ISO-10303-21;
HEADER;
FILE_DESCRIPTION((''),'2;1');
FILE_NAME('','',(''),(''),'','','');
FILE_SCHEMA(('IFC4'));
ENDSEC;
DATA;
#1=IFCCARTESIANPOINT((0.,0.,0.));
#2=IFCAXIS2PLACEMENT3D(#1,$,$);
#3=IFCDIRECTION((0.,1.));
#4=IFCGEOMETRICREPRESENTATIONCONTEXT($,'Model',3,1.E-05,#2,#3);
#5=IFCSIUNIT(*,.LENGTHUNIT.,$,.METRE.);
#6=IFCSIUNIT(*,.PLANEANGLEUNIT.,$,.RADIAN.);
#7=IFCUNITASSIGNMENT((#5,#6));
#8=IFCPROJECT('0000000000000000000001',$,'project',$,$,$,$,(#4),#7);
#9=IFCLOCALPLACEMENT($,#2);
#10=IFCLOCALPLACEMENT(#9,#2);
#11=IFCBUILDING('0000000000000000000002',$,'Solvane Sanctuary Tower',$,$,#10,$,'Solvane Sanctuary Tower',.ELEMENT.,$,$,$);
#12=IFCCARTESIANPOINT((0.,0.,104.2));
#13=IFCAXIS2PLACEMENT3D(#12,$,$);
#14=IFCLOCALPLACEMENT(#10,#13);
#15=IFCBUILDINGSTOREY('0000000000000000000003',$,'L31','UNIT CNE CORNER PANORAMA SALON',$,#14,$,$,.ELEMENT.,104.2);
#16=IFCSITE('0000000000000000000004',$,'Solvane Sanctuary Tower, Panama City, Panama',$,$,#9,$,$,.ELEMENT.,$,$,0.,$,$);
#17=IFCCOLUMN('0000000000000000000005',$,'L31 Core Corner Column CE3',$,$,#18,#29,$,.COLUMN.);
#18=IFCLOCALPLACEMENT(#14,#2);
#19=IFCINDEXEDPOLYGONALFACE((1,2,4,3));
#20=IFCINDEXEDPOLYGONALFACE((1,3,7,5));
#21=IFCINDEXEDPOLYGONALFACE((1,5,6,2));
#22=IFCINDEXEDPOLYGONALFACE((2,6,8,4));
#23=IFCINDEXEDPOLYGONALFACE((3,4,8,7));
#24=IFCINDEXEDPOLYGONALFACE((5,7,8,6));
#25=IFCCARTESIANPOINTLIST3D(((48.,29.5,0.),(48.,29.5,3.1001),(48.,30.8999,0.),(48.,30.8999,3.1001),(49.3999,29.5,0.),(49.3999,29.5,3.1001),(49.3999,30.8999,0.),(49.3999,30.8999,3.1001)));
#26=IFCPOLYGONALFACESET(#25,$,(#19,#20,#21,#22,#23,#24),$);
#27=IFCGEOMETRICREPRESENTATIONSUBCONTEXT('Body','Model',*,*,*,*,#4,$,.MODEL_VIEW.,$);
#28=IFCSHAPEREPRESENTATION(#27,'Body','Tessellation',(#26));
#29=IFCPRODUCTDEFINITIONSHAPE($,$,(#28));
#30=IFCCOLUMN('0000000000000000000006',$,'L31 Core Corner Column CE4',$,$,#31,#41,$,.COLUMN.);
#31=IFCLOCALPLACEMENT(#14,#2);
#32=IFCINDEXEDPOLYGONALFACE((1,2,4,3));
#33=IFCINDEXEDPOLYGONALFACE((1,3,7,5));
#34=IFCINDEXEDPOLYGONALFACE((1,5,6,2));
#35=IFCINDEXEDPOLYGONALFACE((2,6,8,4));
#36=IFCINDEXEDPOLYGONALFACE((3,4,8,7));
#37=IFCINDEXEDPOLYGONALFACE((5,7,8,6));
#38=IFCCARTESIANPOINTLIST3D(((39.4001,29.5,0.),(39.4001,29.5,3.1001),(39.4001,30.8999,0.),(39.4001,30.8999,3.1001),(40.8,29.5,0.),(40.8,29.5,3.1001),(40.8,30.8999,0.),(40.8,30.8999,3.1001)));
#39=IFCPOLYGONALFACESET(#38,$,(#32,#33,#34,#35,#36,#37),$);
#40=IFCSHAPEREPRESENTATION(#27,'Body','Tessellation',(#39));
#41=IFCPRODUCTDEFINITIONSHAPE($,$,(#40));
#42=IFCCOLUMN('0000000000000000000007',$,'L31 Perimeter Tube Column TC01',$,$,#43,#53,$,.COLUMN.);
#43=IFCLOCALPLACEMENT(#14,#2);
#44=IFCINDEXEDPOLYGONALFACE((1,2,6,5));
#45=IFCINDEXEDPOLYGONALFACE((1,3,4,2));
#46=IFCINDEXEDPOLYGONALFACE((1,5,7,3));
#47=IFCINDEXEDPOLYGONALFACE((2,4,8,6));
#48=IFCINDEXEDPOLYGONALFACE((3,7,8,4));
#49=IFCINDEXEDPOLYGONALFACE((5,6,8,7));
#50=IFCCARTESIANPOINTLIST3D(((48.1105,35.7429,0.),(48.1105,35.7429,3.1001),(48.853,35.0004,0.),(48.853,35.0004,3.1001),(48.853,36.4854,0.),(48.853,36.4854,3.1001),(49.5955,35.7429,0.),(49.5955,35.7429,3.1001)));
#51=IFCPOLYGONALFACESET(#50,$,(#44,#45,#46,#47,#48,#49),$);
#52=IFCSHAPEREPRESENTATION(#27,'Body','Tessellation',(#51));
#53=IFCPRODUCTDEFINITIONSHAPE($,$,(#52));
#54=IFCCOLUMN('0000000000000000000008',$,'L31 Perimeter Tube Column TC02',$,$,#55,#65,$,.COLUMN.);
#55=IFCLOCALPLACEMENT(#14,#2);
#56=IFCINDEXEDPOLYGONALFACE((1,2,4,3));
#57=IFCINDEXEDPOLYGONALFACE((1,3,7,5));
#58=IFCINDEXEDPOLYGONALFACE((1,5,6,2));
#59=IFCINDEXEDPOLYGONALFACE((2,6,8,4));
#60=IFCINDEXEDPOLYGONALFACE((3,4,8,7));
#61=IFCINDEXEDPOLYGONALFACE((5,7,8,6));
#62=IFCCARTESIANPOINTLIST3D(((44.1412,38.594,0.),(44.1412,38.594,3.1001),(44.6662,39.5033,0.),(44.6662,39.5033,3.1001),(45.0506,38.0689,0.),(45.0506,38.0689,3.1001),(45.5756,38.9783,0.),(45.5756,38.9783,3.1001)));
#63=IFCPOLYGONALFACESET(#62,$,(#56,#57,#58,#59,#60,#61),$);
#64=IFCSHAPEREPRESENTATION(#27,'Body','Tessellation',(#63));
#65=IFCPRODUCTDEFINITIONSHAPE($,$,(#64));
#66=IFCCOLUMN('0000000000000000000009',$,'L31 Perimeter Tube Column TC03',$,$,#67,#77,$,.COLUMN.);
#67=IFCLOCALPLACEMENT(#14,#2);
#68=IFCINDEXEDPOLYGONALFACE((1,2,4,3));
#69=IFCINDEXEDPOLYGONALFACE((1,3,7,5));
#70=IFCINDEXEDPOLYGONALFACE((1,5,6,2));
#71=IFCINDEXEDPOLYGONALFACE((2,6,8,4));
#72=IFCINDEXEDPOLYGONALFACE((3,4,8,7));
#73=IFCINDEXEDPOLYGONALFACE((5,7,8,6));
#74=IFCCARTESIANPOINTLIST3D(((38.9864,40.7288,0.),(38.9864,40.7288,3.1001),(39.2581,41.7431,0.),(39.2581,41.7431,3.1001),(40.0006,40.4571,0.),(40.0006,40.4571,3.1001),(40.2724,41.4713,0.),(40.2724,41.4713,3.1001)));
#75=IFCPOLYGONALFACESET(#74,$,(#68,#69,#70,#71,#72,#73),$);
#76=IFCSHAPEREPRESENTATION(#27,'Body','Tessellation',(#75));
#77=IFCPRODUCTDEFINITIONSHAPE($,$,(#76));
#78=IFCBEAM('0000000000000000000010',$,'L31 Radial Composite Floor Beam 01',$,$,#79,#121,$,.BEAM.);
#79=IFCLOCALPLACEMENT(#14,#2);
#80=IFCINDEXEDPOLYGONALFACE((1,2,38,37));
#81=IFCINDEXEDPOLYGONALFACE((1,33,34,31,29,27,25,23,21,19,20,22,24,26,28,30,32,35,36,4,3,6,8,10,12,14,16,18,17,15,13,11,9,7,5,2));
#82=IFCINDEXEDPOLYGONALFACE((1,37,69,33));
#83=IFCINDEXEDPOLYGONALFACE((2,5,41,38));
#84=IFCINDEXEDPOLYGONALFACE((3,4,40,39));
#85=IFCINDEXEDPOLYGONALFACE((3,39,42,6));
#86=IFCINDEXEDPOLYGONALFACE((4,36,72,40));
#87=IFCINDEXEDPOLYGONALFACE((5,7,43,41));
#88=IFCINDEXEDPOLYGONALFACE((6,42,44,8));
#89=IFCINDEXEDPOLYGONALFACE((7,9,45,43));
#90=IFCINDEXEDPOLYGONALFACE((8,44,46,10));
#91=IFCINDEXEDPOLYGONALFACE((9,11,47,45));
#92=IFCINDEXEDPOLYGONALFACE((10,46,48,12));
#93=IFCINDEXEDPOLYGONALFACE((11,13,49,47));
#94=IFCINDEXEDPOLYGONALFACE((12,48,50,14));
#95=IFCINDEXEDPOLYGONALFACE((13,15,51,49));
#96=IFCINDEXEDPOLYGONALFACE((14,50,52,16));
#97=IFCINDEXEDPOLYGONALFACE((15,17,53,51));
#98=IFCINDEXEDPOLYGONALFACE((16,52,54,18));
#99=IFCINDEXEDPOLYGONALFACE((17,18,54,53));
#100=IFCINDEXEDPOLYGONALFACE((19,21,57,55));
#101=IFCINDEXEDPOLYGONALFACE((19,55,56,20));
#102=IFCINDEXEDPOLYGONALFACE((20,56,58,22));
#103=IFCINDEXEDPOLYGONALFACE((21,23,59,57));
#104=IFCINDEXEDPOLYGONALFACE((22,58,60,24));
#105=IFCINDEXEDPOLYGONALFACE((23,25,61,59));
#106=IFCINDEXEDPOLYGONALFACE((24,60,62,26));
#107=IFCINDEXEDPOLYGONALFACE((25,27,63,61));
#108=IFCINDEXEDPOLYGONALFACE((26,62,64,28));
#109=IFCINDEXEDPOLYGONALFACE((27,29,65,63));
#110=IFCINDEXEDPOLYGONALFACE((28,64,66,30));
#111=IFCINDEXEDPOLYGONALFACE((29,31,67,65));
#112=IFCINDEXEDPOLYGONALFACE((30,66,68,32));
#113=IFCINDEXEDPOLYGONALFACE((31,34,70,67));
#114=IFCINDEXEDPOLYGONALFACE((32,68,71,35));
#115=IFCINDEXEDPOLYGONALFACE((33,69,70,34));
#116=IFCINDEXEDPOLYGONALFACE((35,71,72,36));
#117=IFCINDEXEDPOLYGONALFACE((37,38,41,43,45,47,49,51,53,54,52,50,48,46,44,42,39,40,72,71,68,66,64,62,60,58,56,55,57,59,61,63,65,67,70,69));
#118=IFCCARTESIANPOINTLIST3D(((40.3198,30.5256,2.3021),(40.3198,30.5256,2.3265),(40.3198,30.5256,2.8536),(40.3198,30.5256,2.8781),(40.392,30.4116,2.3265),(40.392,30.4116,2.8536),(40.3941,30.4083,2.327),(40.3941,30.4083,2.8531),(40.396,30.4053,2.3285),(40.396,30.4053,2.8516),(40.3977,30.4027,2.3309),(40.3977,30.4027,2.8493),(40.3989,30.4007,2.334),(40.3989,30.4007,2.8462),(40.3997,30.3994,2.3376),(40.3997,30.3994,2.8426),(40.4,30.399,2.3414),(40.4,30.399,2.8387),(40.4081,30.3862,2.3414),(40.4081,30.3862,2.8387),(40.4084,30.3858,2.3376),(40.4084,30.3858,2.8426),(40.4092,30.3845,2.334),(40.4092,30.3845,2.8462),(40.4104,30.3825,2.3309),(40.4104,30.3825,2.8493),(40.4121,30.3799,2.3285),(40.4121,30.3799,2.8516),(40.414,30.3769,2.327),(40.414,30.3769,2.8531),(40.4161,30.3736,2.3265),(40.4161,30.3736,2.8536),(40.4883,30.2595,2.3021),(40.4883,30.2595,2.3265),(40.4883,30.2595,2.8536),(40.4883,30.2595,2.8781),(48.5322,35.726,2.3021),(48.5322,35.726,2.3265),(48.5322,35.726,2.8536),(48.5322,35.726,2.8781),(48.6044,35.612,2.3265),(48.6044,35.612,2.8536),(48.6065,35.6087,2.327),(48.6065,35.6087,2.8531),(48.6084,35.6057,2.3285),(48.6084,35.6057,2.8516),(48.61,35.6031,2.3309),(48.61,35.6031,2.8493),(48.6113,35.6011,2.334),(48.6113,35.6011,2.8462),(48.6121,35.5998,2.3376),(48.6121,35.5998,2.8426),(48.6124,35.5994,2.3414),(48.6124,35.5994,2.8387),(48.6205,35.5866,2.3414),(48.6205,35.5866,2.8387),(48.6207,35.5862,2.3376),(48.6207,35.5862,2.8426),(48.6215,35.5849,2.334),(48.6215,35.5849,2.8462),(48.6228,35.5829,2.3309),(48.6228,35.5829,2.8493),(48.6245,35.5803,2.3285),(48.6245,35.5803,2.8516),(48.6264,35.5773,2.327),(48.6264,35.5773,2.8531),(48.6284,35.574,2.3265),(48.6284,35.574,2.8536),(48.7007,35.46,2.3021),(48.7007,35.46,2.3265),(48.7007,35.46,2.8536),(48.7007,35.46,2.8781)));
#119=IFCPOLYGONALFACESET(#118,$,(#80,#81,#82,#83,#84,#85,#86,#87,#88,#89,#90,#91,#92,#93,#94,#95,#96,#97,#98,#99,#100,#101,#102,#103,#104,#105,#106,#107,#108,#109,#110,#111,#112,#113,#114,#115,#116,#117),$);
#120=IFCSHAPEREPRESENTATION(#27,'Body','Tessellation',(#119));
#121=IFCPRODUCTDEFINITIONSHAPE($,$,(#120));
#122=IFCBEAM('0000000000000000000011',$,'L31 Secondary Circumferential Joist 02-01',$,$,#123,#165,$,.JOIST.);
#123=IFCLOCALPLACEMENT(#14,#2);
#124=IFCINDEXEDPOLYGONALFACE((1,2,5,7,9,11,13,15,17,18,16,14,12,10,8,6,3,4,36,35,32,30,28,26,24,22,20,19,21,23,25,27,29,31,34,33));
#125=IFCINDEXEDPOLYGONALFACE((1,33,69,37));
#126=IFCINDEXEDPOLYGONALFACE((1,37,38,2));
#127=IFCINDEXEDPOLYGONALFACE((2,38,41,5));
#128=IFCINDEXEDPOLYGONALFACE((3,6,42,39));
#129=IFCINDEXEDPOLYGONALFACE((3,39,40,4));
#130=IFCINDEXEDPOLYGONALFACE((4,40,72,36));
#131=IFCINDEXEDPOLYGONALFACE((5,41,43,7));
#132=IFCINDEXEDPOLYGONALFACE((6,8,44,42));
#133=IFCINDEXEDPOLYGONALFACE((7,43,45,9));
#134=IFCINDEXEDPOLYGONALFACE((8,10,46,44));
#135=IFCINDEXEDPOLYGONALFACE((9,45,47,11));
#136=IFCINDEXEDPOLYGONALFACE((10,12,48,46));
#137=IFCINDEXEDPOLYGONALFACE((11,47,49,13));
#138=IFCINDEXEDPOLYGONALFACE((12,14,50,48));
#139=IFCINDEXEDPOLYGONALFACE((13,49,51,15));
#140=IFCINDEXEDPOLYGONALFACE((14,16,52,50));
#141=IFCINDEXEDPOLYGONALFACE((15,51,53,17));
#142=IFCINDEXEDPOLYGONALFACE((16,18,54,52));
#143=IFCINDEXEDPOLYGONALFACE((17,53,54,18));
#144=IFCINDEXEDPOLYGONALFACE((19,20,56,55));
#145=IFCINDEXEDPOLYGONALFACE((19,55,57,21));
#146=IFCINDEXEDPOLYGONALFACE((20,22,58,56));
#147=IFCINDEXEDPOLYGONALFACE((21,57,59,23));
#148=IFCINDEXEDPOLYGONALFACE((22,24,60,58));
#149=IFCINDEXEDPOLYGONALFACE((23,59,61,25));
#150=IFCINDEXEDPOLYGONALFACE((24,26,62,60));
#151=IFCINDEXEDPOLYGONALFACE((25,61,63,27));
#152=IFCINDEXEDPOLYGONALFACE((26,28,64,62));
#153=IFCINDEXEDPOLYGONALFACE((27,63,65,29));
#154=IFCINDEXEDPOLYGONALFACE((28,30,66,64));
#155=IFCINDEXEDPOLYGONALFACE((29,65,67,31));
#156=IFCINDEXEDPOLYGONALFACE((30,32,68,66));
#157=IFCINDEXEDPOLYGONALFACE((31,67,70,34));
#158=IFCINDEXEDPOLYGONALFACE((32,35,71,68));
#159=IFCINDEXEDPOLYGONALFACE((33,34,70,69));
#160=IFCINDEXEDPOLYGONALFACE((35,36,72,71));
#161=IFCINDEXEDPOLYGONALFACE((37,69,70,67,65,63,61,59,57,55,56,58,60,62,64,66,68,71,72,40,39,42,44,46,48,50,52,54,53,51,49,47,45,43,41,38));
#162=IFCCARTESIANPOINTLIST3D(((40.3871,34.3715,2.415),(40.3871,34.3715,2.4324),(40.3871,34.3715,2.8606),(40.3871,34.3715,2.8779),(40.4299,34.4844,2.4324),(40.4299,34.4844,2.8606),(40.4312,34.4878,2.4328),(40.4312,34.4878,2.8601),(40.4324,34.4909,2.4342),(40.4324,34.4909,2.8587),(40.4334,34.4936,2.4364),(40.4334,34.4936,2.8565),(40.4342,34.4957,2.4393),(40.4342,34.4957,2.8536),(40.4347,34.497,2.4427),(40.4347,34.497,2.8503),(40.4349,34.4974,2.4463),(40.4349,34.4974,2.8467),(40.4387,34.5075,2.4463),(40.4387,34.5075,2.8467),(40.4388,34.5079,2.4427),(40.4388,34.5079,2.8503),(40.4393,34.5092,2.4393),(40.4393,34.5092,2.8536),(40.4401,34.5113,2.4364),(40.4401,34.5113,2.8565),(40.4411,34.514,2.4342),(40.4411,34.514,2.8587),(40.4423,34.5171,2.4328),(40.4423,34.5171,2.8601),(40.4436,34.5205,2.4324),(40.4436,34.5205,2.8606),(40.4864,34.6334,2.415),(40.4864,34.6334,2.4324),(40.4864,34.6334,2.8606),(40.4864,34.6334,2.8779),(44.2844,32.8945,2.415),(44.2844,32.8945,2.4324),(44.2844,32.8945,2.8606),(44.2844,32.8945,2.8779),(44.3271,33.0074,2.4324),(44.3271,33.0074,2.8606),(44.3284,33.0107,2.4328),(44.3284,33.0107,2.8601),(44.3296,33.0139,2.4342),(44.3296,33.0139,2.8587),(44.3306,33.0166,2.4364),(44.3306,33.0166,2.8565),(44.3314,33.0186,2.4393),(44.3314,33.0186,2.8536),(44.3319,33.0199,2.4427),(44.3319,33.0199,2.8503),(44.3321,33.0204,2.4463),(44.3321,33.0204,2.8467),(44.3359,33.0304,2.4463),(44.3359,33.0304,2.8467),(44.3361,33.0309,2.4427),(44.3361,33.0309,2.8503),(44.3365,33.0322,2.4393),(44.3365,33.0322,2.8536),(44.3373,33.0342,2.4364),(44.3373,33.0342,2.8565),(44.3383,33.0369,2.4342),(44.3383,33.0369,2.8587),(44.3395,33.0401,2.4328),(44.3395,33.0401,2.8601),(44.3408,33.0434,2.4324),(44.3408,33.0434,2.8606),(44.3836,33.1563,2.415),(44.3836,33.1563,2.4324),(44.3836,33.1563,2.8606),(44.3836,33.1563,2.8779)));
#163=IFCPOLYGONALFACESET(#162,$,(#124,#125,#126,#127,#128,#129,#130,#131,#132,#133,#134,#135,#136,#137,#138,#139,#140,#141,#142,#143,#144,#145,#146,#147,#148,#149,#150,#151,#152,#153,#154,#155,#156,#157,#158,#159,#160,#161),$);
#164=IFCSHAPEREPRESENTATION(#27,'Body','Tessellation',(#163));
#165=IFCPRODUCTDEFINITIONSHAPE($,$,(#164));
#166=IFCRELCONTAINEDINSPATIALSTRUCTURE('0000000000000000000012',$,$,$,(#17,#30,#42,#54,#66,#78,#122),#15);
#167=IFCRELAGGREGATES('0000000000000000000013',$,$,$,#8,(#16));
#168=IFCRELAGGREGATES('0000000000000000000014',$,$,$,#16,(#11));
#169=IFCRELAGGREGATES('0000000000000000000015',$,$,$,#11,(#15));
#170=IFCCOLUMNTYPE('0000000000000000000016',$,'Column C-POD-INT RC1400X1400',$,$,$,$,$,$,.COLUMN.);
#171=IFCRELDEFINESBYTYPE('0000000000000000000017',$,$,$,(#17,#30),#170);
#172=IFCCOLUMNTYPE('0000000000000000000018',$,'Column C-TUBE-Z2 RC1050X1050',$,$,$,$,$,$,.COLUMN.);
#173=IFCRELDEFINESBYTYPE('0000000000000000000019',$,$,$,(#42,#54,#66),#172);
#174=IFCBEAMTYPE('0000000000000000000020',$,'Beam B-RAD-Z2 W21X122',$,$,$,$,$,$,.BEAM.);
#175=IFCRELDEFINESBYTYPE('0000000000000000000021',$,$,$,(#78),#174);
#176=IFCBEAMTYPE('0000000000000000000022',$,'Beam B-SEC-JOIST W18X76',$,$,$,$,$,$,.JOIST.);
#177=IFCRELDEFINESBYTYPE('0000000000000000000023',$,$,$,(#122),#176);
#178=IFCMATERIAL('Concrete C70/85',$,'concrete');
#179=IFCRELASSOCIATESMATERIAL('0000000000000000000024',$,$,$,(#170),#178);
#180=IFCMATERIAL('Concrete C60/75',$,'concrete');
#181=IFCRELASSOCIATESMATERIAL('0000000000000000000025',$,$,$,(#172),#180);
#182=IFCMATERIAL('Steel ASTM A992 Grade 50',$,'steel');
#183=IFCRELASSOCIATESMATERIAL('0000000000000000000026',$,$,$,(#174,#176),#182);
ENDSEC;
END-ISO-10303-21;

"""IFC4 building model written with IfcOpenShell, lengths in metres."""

from ifc_helpers import new_model, si_unit, direction, frame, origin, origin_2d, place, context, subcontext, project, spatial, rectangle, i_section, extrude, material, material_profile, profile_set, type_object, element, save


model = new_model("IFC4")

# Units and contexts
model_context = context("Model", 3, precision=1e-05, world=origin(), true_north=direction((0.0, 1.0)))
body_context = subcontext(model_context, "Body", "Model", "MODEL_VIEW")
ifc_project = project(units=[si_unit("LENGTHUNIT", "METRE"), si_unit("PLANEANGLEUNIT", "RADIAN")], contexts=[model_context])

# Site, building, storey
site_placement = place(None, origin())
site = spatial("IfcSite", under=ifc_project, at=site_placement, Name="Solvane Sanctuary Tower, Panama City, Panama", CompositionType="ELEMENT", RefElevation=0.0)
building_placement = place(site_placement, origin())
building = spatial("IfcBuilding", under=site, at=building_placement, Name="Solvane Sanctuary Tower", LongName="Solvane Sanctuary Tower", CompositionType="ELEMENT")
storey_placement = place(building_placement, frame((0.0, 0.0, 104.2)))
storey = spatial("IfcBuildingStorey", under=building, at=storey_placement, Name="L31", Description="UNIT CNE CORNER PANORAMA SALON", CompositionType="ELEMENT", Elevation=104.2)

# Columns
ifc_material_1 = material(Name="Concrete C70/85", Category="concrete")
ifc_material_profile_1 = material_profile(ifc_material_1, rectangle(XDim=1.3999, YDim=1.3999, at=origin_2d()), Name="RC1400X1400")
ifc_profile_set_1 = profile_set([ifc_material_profile_1], Name="Concrete C70/85")
column_type_1 = type_object("IfcColumnType", Name="Column C-POD-INT RC1400X1400", PredefinedType="COLUMN", material=ifc_profile_set_1)
for number, where, z_axis, x_axis, name in (
    (1, (48.7, 30.2, 0.0), (0.0, 0.0, 1.0), (1.0, 0.0, 0.0), "L31 Core Corner Column CE3"),
    (2, (40.1001, 30.2, 0.0), (0.0, 0.0, 1.0), (1.0, 0.0, 0.0), "L31 Core Corner Column CE4"),
):
    element("IfcColumn", number, at=place(storey_placement, frame(where, z_axis=z_axis, x_axis=x_axis)), inside=storey, type_object=column_type_1, Name=name, PredefinedType="COLUMN", context=body_context, shape_type="SweptSolid", body=[
        extrude(rectangle(XDim=1.3999, YDim=1.3999, at=origin_2d()), origin(), (0.0, 0.0, 1.0), 3.1001),
    ])
ifc_material_2 = material(Name="Concrete C60/75", Category="concrete")
ifc_material_profile_2 = material_profile(ifc_material_2, rectangle(XDim=1.05, YDim=1.05, at=origin_2d()), Name="RC1050X1050")
ifc_profile_set_2 = profile_set([ifc_material_profile_2], Name="Concrete C60/75")
column_type_2 = type_object("IfcColumnType", Name="Column C-TUBE-Z2 RC1050X1050", PredefinedType="COLUMN", material=ifc_profile_set_2)
for number, where, z_axis, x_axis, name in (
    (3, (48.853, 35.7429, 0.0), (0.0, 0.0, 1.0), (0.707107, 0.707107, 0.0), "L31 Perimeter Tube Column TC01"),
    (4, (44.8584, 38.7861, 0.0), (0.0, 0.0, 1.0), (0.5, 0.866025, 0.0), "L31 Perimeter Tube Column TC02"),
    (5, (39.6294, 41.1001, 0.0), (0.0, 0.0, 1.0), (0.258819, 0.965926, 0.0), "L31 Perimeter Tube Column TC03"),
):
    element("IfcColumn", number, at=place(storey_placement, frame(where, z_axis=z_axis, x_axis=x_axis)), inside=storey, type_object=column_type_2, Name=name, PredefinedType="COLUMN", context=body_context, shape_type="SweptSolid", body=[
        extrude(rectangle(XDim=1.05, YDim=1.05, at=origin_2d()), origin(), (0.0, 0.0, 1.0), 3.1001),
    ])

# Beams
ifc_material_3 = material(Name="Steel ASTM A992 Grade 50", Category="steel")
ifc_material_profile_3 = material_profile(ifc_material_3, i_section(OverallWidth=0.3149, OverallDepth=0.5759, WebThickness=0.0151, FlangeThickness=0.0244, FilletRadius=0.0149, at=origin_2d()), Name="W21X122")
ifc_profile_set_3 = profile_set([ifc_material_profile_3], Name="Steel ASTM A992 Grade 50")
beam_type_1 = type_object("IfcBeamType", Name="Beam B-RAD-Z2 W21X122", PredefinedType="BEAM", material=ifc_profile_set_3)
beam_1_placement = place(storey_placement, frame((40.4041, 30.3926, 2.5901), z_axis=(0.844854, 0.534997, 0.0), x_axis=(-0.534997, 0.844854, 0.0)))
element("IfcBeam", 6, at=beam_1_placement, inside=storey, type_object=beam_type_1, Name="L31 Radial Composite Floor Beam 01", PredefinedType="BEAM", context=body_context, shape_type="SweptSolid", body=[
    extrude(i_section(OverallWidth=0.3149, OverallDepth=0.5759, WebThickness=0.0151, FlangeThickness=0.0244, FilletRadius=0.0149, at=origin_2d()), origin(), (0.0, 0.0, 1.0), 9.7205),
])
ifc_material_profile_4 = material_profile(ifc_material_3, i_section(OverallWidth=0.28, OverallDepth=0.4629, WebThickness=0.0107, FlangeThickness=0.0173, FilletRadius=0.0139, at=origin_2d()), Name="W18X76")
ifc_profile_set_4 = profile_set([ifc_material_profile_4], Name="Steel ASTM A992 Grade 50")
beam_type_2 = type_object("IfcBeamType", Name="Beam B-SEC-JOIST W18X76", PredefinedType="JOIST", material=ifc_profile_set_4)
beam_2_placement = place(storey_placement, frame((40.4368, 34.5024, 2.6465), z_axis=(0.935093, -0.354402, 0.0), x_axis=(0.354402, 0.935093, 0.0)))
element("IfcBeam", 7, at=beam_2_placement, inside=storey, type_object=beam_type_2, Name="L31 Secondary Circumferential Joist 02-01", PredefinedType="JOIST", context=body_context, shape_type="SweptSolid", body=[
    extrude(i_section(OverallWidth=0.28, OverallDepth=0.4629, WebThickness=0.0107, FlangeThickness=0.0173, FilletRadius=0.0139, at=origin_2d()), origin(), (0.0, 0.0, 1.0), 4.1677),
])

save(model, "model.ifc")
